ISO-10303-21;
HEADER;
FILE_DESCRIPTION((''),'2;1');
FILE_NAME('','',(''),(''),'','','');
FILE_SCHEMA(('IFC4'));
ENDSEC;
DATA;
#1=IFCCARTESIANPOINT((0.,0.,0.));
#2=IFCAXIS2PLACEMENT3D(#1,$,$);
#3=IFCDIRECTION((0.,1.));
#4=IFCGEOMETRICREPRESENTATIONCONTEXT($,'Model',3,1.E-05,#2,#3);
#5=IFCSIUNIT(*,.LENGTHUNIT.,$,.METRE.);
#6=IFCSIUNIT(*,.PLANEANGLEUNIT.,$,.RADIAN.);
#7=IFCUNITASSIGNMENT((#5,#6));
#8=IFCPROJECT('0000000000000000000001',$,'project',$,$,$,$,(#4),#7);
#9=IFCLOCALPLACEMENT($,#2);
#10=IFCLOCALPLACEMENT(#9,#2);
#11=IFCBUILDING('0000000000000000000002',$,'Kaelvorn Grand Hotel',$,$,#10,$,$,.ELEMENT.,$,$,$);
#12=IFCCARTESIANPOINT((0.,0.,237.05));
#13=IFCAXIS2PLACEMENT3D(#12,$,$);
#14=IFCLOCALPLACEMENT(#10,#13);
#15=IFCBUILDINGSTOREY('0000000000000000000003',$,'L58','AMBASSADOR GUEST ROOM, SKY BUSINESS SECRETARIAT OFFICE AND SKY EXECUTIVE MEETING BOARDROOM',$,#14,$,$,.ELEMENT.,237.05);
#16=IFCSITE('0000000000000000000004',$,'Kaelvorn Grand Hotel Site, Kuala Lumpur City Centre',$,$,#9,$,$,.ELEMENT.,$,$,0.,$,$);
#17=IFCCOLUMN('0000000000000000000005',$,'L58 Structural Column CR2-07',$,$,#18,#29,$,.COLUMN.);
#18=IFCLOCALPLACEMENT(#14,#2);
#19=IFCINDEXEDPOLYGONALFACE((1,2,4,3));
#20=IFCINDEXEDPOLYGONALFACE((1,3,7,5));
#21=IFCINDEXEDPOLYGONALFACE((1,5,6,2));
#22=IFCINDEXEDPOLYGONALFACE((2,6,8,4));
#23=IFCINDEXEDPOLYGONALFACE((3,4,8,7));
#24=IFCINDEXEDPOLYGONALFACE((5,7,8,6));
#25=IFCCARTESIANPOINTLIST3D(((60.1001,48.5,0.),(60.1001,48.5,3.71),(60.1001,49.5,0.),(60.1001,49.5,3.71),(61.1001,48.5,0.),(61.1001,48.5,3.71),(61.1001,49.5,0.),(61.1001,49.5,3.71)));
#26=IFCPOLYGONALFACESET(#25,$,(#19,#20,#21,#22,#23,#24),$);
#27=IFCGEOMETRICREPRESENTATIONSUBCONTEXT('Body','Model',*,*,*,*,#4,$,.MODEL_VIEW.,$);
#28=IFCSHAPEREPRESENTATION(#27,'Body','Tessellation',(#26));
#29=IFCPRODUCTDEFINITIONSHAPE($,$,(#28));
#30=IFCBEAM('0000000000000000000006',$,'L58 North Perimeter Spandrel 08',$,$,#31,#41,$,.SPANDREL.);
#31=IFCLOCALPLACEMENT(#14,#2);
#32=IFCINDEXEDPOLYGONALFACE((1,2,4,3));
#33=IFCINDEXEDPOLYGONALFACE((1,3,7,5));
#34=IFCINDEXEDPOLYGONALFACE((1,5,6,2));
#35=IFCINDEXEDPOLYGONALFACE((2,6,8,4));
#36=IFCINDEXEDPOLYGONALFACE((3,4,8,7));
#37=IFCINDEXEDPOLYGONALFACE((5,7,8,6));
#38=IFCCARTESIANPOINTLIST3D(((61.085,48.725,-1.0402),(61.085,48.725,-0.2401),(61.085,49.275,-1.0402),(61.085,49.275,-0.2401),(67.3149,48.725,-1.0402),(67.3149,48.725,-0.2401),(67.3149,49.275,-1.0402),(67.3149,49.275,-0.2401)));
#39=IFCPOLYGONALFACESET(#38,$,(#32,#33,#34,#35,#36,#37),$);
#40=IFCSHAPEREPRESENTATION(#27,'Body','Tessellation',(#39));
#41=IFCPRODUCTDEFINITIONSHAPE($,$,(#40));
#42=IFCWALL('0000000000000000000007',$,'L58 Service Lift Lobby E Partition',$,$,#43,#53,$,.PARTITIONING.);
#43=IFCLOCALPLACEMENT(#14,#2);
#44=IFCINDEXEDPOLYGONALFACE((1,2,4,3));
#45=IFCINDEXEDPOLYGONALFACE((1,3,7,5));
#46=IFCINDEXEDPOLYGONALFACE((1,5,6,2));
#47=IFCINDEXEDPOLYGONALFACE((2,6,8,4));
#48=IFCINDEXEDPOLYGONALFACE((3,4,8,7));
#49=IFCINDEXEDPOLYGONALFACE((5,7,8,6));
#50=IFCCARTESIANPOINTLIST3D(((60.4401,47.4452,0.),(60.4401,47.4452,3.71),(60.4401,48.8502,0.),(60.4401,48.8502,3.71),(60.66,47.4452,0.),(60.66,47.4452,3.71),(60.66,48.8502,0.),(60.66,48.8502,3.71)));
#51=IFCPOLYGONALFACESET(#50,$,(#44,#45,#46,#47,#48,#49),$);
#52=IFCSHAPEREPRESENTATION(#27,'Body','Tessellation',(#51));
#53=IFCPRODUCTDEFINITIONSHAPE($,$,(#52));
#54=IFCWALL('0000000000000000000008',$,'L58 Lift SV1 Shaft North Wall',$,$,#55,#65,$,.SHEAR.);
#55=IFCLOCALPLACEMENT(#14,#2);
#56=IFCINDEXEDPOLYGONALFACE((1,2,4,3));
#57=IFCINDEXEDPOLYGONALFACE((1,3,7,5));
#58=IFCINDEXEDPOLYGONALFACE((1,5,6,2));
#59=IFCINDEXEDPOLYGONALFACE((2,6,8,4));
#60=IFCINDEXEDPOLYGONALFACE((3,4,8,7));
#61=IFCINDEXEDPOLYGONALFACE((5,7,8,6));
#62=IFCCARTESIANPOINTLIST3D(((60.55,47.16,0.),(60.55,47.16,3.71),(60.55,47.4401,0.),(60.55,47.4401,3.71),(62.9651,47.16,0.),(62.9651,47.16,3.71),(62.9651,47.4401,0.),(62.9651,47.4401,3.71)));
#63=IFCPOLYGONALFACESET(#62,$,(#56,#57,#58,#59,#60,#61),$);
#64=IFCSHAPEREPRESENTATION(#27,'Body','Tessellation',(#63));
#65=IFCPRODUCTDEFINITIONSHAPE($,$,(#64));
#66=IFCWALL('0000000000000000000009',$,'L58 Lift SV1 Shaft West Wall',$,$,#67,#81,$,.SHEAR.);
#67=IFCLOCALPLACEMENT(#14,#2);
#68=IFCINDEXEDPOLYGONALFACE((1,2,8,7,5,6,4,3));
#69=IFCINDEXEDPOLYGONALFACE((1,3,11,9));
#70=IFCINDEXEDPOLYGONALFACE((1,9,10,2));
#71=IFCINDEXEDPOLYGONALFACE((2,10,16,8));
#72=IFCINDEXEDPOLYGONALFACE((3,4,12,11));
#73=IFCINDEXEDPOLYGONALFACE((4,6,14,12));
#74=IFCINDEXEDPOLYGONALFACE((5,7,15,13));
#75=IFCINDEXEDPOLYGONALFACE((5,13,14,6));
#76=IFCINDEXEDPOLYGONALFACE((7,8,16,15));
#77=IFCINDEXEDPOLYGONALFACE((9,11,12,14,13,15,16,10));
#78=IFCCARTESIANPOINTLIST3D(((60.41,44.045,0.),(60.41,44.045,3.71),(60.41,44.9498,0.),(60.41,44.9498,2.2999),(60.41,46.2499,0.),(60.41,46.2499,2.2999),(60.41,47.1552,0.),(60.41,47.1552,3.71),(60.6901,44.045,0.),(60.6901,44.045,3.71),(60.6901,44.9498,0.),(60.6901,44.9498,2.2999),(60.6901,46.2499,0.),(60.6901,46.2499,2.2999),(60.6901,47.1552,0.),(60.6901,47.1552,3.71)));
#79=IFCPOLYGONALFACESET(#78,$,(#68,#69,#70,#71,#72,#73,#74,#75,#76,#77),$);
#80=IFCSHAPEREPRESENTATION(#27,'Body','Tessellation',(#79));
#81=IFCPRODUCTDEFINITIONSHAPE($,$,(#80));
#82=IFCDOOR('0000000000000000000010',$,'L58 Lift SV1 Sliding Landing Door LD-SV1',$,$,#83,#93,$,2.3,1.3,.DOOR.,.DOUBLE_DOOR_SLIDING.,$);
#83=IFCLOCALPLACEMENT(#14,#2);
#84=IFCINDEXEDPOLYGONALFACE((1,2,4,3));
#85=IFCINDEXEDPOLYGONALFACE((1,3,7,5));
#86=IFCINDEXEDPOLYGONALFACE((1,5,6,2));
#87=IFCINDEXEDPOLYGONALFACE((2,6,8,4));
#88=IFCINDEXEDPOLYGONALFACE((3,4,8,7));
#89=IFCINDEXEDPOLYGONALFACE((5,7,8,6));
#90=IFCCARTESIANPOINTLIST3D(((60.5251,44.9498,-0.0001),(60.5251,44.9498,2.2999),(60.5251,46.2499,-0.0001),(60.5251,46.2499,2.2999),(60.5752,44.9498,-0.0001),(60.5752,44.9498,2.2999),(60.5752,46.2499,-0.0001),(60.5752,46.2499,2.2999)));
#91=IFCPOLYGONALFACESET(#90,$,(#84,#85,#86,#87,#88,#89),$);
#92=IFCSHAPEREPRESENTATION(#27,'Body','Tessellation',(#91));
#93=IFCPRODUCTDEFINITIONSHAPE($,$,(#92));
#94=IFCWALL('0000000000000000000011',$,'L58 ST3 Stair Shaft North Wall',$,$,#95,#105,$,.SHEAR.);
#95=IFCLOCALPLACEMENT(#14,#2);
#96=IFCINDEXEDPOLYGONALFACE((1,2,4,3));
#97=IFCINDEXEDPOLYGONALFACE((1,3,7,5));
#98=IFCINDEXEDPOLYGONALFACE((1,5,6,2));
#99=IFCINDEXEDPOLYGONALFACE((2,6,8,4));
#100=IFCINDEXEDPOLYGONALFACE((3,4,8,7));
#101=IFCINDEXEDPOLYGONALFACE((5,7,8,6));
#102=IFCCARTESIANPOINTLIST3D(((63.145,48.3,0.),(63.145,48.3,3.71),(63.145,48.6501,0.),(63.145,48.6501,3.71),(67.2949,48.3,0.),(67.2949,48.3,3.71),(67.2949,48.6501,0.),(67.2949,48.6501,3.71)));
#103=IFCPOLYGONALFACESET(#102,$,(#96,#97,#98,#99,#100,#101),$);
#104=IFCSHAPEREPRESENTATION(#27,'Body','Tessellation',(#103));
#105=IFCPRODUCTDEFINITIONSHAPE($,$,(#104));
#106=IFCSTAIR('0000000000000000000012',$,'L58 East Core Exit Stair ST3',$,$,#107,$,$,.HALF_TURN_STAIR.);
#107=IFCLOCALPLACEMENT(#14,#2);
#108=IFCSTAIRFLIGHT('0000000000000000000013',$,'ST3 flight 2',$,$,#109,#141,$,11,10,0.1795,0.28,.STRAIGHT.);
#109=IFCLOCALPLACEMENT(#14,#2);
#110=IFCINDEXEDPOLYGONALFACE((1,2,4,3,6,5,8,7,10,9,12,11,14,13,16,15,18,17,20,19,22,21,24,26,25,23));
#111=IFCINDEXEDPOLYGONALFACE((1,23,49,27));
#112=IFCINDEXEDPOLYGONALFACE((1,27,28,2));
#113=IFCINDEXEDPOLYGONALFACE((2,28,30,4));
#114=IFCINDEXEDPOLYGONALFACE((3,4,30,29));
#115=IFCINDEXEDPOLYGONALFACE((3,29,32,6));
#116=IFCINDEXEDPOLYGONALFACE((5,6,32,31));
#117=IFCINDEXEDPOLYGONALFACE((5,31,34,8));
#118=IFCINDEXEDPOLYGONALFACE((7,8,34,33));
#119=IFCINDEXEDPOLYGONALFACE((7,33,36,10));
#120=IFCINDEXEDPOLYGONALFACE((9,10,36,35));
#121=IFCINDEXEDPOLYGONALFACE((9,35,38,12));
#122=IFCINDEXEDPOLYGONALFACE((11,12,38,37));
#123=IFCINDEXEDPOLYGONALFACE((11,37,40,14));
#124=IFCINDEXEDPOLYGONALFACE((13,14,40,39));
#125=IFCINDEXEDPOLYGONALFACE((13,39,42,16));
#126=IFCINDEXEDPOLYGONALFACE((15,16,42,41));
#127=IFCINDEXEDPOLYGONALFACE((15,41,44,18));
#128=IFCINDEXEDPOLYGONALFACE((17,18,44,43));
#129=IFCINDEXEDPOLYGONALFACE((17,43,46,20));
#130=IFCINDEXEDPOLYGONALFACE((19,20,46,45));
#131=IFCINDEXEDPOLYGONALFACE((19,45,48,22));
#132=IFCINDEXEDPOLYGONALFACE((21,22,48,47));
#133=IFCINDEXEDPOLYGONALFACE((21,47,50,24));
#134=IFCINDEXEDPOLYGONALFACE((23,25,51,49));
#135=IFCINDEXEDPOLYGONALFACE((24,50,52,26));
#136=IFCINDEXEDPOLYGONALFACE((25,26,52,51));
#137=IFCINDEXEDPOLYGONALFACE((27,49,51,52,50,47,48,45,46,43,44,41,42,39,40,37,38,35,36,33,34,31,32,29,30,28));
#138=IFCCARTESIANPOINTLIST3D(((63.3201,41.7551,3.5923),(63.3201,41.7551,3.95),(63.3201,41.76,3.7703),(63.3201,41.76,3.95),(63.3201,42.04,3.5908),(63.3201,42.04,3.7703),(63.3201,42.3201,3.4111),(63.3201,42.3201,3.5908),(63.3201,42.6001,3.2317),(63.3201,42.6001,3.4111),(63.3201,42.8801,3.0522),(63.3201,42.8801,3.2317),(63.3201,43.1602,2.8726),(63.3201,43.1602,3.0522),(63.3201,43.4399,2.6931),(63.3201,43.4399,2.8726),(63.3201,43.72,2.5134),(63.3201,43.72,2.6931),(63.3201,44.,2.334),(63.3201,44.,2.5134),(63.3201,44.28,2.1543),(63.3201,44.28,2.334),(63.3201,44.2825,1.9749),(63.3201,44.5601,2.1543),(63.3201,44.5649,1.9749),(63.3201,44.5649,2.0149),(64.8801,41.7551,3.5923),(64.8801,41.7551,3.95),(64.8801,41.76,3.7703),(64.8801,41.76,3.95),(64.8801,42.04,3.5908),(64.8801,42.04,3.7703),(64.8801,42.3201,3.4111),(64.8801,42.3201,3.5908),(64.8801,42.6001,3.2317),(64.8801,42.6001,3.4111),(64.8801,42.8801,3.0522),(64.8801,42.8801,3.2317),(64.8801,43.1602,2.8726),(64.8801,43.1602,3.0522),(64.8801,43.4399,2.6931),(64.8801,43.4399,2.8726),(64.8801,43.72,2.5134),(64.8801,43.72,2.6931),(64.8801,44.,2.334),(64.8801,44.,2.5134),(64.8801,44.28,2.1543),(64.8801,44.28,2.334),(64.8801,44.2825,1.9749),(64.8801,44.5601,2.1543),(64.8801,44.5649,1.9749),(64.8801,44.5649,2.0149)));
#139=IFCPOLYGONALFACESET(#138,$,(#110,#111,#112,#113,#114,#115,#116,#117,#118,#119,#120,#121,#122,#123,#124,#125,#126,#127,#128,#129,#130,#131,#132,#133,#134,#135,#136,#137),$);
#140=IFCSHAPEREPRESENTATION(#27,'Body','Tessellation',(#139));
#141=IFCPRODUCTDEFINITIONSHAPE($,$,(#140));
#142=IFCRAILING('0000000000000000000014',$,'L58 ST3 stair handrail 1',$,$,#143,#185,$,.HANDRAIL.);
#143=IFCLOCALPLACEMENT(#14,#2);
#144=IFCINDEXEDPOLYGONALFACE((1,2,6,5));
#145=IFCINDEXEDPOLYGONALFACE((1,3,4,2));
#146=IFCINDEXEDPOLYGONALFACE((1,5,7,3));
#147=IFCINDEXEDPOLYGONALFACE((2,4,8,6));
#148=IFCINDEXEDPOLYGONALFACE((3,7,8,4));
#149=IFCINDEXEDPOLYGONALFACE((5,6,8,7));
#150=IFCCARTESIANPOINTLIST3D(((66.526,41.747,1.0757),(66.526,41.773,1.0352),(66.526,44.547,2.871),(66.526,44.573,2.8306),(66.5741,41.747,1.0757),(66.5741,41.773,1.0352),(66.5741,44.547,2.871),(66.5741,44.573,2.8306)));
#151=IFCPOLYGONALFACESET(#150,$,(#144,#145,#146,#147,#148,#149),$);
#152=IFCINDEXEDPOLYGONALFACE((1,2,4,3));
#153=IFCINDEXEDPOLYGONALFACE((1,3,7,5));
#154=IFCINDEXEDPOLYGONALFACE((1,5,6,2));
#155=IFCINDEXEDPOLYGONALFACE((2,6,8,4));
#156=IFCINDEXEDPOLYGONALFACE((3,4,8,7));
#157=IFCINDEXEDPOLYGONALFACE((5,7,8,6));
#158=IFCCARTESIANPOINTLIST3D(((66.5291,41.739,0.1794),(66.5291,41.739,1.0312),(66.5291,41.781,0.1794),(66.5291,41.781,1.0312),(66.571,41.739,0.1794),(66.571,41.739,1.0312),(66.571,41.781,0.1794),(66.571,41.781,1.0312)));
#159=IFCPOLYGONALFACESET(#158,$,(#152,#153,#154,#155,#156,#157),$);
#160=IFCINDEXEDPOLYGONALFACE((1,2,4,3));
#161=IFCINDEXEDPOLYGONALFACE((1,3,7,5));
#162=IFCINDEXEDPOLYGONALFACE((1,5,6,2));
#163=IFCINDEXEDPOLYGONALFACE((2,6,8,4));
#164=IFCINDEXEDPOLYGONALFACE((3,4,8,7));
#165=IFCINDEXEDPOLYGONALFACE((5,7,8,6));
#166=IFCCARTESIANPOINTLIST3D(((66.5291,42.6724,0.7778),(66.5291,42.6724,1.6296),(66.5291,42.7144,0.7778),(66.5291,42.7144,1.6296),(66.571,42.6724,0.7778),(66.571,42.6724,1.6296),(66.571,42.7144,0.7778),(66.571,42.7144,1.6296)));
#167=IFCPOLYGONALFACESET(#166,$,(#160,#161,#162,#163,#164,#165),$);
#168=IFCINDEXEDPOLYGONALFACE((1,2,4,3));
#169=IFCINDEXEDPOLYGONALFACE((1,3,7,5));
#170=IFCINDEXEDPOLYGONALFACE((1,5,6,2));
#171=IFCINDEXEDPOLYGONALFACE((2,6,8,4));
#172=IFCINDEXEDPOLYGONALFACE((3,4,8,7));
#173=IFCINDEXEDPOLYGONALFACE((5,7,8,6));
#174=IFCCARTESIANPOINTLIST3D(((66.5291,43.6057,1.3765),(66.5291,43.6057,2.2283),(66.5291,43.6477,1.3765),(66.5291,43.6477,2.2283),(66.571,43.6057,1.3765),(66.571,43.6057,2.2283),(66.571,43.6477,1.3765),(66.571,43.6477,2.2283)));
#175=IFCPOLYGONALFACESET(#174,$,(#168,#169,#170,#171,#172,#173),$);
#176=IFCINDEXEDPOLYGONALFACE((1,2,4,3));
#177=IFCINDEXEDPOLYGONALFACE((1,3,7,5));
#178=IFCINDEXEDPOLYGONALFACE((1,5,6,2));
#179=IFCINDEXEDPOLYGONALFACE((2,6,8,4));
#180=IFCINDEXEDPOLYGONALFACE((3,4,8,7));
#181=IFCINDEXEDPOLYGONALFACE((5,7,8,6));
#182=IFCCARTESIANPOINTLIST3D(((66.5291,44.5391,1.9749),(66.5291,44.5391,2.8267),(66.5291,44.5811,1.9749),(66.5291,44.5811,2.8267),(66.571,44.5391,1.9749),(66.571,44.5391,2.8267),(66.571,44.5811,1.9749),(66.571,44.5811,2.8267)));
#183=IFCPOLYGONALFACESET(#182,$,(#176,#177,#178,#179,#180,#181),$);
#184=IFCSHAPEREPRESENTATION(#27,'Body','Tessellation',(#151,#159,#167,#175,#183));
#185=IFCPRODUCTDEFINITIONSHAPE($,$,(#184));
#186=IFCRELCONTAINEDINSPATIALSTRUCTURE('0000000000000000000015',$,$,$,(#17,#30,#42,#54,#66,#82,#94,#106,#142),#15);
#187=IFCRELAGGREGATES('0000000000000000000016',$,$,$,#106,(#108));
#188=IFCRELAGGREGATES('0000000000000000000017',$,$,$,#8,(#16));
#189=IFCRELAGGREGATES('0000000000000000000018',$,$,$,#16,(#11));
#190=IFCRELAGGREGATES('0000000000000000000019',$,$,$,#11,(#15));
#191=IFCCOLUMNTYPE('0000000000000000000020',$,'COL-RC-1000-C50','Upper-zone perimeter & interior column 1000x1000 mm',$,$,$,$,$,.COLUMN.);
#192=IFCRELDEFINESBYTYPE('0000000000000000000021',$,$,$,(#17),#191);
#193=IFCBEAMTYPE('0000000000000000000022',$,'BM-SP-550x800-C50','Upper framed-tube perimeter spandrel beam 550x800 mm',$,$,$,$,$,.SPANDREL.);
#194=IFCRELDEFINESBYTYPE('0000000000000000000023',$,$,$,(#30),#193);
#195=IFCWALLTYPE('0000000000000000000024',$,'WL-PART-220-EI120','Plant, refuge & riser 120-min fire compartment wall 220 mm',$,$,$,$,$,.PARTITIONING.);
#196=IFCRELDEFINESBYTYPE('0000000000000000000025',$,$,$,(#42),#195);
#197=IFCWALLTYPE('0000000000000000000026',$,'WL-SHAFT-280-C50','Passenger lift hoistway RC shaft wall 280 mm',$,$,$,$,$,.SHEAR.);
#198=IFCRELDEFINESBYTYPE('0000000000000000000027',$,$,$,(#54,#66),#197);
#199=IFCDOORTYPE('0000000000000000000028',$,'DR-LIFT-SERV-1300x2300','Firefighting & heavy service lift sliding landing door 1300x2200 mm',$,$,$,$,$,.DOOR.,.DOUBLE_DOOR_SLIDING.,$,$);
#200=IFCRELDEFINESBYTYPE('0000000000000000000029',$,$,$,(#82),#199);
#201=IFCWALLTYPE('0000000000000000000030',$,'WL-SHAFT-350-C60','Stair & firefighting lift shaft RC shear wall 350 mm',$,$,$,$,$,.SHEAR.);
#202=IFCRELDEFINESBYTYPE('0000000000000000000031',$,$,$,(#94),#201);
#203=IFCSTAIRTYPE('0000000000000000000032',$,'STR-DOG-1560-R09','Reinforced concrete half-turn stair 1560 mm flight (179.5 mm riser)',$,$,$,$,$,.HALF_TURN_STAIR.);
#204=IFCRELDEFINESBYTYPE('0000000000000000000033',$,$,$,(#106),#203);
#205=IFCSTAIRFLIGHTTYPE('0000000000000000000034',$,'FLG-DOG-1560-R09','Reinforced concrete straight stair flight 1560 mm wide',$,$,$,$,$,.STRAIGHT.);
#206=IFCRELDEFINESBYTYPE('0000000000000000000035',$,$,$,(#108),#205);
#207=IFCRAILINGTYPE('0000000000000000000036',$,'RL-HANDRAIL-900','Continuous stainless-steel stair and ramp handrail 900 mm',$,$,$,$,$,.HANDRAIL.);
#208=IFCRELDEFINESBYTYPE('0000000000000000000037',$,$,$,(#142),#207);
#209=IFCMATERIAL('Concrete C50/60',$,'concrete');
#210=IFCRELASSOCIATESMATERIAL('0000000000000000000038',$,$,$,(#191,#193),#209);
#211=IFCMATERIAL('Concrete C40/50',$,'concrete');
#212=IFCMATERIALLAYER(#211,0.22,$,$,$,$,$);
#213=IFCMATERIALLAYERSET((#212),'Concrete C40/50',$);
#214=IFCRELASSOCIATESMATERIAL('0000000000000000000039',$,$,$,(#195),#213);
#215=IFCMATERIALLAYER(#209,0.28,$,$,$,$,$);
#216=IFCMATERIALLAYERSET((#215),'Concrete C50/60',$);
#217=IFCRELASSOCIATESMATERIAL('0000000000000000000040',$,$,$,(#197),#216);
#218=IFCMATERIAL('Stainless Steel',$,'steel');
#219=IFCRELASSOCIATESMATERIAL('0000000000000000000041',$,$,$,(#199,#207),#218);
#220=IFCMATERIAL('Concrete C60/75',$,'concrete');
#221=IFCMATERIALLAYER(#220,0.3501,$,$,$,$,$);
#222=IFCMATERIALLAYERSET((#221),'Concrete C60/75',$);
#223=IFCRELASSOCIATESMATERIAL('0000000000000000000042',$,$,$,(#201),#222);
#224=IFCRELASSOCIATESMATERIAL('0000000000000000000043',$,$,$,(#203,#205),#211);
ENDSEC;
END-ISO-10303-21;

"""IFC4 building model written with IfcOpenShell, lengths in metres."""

from ifc_helpers import new_model, si_unit, direction, frame, frame_2d, origin, origin_2d, place, context, subcontext, project, spatial, polyline, rectangle, outline, extrude, material, layer, layer_set, material_profile, profile_set, type_object, element, fill, aggregate, save


model = new_model("IFC4")

# Units and contexts
model_context = context("Model", 3, precision=1e-05, world=origin(), true_north=direction((0.0, 1.0)))
body_context = subcontext(model_context, "Body", "Model", "MODEL_VIEW")
ifc_project = project(units=[si_unit("LENGTHUNIT", "METRE"), si_unit("PLANEANGLEUNIT", "RADIAN")], contexts=[model_context])

# Site, building, storey
site_placement = place(None, origin())
site = spatial("IfcSite", under=ifc_project, at=site_placement, Name="Kaelvorn Grand Hotel Site, Kuala Lumpur City Centre", CompositionType="ELEMENT", RefElevation=0.0)
building_placement = place(site_placement, origin())
building = spatial("IfcBuilding", under=site, at=building_placement, Name="Kaelvorn Grand Hotel", CompositionType="ELEMENT")
storey_placement = place(building_placement, frame((0.0, 0.0, 237.05)))
storey = spatial("IfcBuildingStorey", under=building, at=storey_placement, Name="L58", Description="AMBASSADOR GUEST ROOM, SKY BUSINESS SECRETARIAT OFFICE AND SKY EXECUTIVE MEETING BOARDROOM", CompositionType="ELEMENT", Elevation=237.05)

# Column
ifc_material_1 = material(Name="Concrete C50/60", Category="concrete")
ifc_material_profile_1 = material_profile(ifc_material_1, rectangle(XDim=1.0, YDim=1.0, at=origin_2d()), Name="RC COL 1000x1000")
ifc_profile_set_1 = profile_set([ifc_material_profile_1], Name="Concrete C50/60")
column_type = type_object("IfcColumnType", Name="COL-RC-1000-C50", Description="Upper-zone perimeter & interior column 1000x1000 mm", PredefinedType="COLUMN", material=ifc_profile_set_1)
column_placement = place(storey_placement, frame((60.6001, 49.0, 0.0), z_axis=(0.0, 0.0, 1.0), x_axis=(1.0, 0.0, 0.0)))
element("IfcColumn", 1, at=column_placement, inside=storey, type_object=column_type, Name="L58 Structural Column CR2-07", PredefinedType="COLUMN", context=body_context, shape_type="SweptSolid", body=[
    extrude(rectangle(XDim=1.0, YDim=1.0, at=origin_2d()), origin(), (0.0, 0.0, 1.0), 3.71),
])

# Beam
ifc_material_profile_2 = material_profile(ifc_material_1, rectangle(XDim=0.55, YDim=0.8, at=origin_2d()), Name="RC SPANDREL 550x800")
ifc_profile_set_2 = profile_set([ifc_material_profile_2], Name="Concrete C50/60")
beam_type = type_object("IfcBeamType", Name="BM-SP-550x800-C50", Description="Upper framed-tube perimeter spandrel beam 550x800 mm", PredefinedType="SPANDREL", material=ifc_profile_set_2)
beam_placement = place(storey_placement, frame((61.085, 49.0, -0.6401), z_axis=(1.0, 0.0, 0.0), x_axis=(0.0, 1.0, 0.0)))
element("IfcBeam", 2, at=beam_placement, inside=storey, type_object=beam_type, Name="L58 North Perimeter Spandrel 08", PredefinedType="SPANDREL", context=body_context, shape_type="SweptSolid", body=[
    extrude(rectangle(XDim=0.55, YDim=0.8, at=origin_2d()), origin(), (0.0, 0.0, 1.0), 6.23),
])

# Walls
ifc_material_2 = material(Name="Concrete C40/50", Category="concrete")
ifc_layer_1 = layer(ifc_material_2, 0.22)
ifc_layer_set_1 = layer_set([ifc_layer_1], Name="Concrete C40/50")
wall_type_1 = type_object("IfcWallType", Name="WL-PART-220-EI120", Description="Plant, refuge & riser 120-min fire compartment wall 220 mm", PredefinedType="PARTITIONING", material=ifc_layer_set_1)
wall_1_placement = place(storey_placement, frame((60.55, 47.4451, 0.0), z_axis=(0.0, 0.0, 1.0), x_axis=(0.0, 1.0, 0.0)))
element("IfcWall", 3, at=wall_1_placement, inside=storey, type_object=wall_type_1, Name="L58 Service Lift Lobby E Partition", PredefinedType="PARTITIONING", context=body_context, shape_type="SweptSolid", body=[
    extrude(rectangle(XDim=1.405, YDim=0.22, at=frame_2d((0.7026, 0.0))), origin(), (0.0, 0.0, 1.0), 3.71),
])
ifc_layer_2 = layer(ifc_material_1, 0.28)
ifc_layer_set_2 = layer_set([ifc_layer_2], Name="Concrete C50/60")
wall_type_2 = type_object("IfcWallType", Name="WL-SHAFT-280-C50", Description="Passenger lift hoistway RC shaft wall 280 mm", PredefinedType="SHEAR", material=ifc_layer_set_2)
wall_2_placement = place(storey_placement, frame((60.55, 47.3, 0.0), z_axis=(0.0, 0.0, 1.0), x_axis=(1.0, 0.0, 0.0)))
element("IfcWall", 4, at=wall_2_placement, inside=storey, type_object=wall_type_2, Name="L58 Lift SV1 Shaft North Wall", PredefinedType="SHEAR", context=body_context, shape_type="SweptSolid", body=[
    extrude(rectangle(XDim=2.415, YDim=0.28, at=frame_2d((1.2075, 0.0))), origin(), (0.0, 0.0, 1.0), 3.71),
])

# Wall, opening, door
wall_3_placement = place(storey_placement, frame((60.55, 44.0449, 0.0), z_axis=(0.0, 0.0, 1.0), x_axis=(0.0, 1.0, 0.0)))
wall_3 = element("IfcWall", 5, at=wall_3_placement, inside=storey, type_object=wall_type_2, Name="L58 Lift SV1 Shaft West Wall", PredefinedType="SHEAR", context=body_context, shape_type="SweptSolid", body=[
    extrude(rectangle(XDim=3.1101, YDim=0.28, at=frame_2d((1.5552, 0.0))), origin(), (0.0, 0.0, 1.0), 3.71),
])
opening_placement = place(wall_3_placement, frame((0.905, 0.0, 0.0)))
opening = element("IfcOpeningElement", 6, at=opening_placement, cuts=wall_3, PredefinedType="OPENING", context=body_context, shape_type="SweptSolid", body=[
    extrude(rectangle(XDim=1.3, YDim=2.3, at=frame_2d((0.6499, 1.1499))), frame((0.0, 0.1499, 0.0), z_axis=(0.0, -1.0, 0.0), x_axis=(1.0, 0.0, 0.0)), (0.0, 0.0, 1.0), 0.3),
])
ifc_material_3 = material(Name="Stainless Steel", Category="steel")
door_type = type_object("IfcDoorType", Name="DR-LIFT-SERV-1300x2300", Description="Firefighting & heavy service lift sliding landing door 1300x2200 mm", OperationType="DOUBLE_DOOR_SLIDING", PredefinedType="DOOR", material=ifc_material_3)
door_placement = place(opening_placement, origin())
door = element("IfcDoor", 7, at=door_placement, inside=storey, type_object=door_type, Name="L58 Lift SV1 Sliding Landing Door LD-SV1", OperationType="DOUBLE_DOOR_SLIDING", OverallHeight=2.3, OverallWidth=1.3, PredefinedType="DOOR", context=body_context, shape_type="SweptSolid", body=[
    extrude(rectangle(XDim=1.3, YDim=2.3, at=frame_2d((0.6499, 1.1499))), frame((0.0, 0.0249, 0.0), z_axis=(0.0, -1.0, 0.0), x_axis=(1.0, 0.0, 0.0)), (0.0, 0.0, 1.0), 0.05),
])
fill(opening, door)

# Wall
ifc_material_4 = material(Name="Concrete C60/75", Category="concrete")
ifc_layer_3 = layer(ifc_material_4, 0.3501)
ifc_layer_set_3 = layer_set([ifc_layer_3], Name="Concrete C60/75")
wall_type_3 = type_object("IfcWallType", Name="WL-SHAFT-350-C60", Description="Stair & firefighting lift shaft RC shear wall 350 mm", PredefinedType="SHEAR", material=ifc_layer_set_3)
wall_4_placement = place(storey_placement, frame((63.145, 48.4751, 0.0), z_axis=(0.0, 0.0, 1.0), x_axis=(1.0, 0.0, 0.0)))
element("IfcWall", 8, at=wall_4_placement, inside=storey, type_object=wall_type_3, Name="L58 ST3 Stair Shaft North Wall", PredefinedType="SHEAR", context=body_context, shape_type="SweptSolid", body=[
    extrude(rectangle(XDim=4.1499, YDim=0.3501, at=frame_2d((2.075, 0.0))), origin(), (0.0, 0.0, 1.0), 3.71),
])

# Stair, stair flight
stair_type = type_object("IfcStairType", Name="STR-DOG-1560-R09", Description="Reinforced concrete half-turn stair 1560 mm flight (179.5 mm riser)", PredefinedType="HALF_TURN_STAIR", material=ifc_material_2)
stair_placement = place(storey_placement, origin())
stair = element("IfcStair", 9, at=stair_placement, inside=storey, type_object=stair_type, Name="L58 East Core Exit Stair ST3", PredefinedType="HALF_TURN_STAIR")
stair_flight_type = type_object("IfcStairFlightType", Name="FLG-DOG-1560-R09", Description="Reinforced concrete straight stair flight 1560 mm wide", PredefinedType="STRAIGHT", material=ifc_material_2)
stair_flight_placement = place(storey_placement, frame((64.1001, 44.5601, 1.9749), z_axis=(0.0, 0.0, 1.0), x_axis=(0.0, -1.0, 0.0)))
stair_flight = element("IfcStairFlight", 10, at=stair_flight_placement, type_object=stair_flight_type, Name="ST3 flight 2", NumberOfRisers=11, NumberOfTreads=10, PredefinedType="STRAIGHT", RiserHeight=0.1795, TreadLength=0.28, context=body_context, shape_type="SweptSolid", body=[
    extrude(outline(polyline([(-0.0049, 0.0), (-0.0049, 0.04), (0.0, 0.1794), (0.28, 0.1794), (0.28, 0.3591), (0.5601, 0.3591), (0.5601, 0.5386), (0.8401, 0.5386), (0.8401, 0.7183), (1.1201, 0.7183), (1.1201, 0.8977), (1.3999, 0.8977), (1.3999, 1.0774), (1.6799, 1.0774), (1.6799, 1.2568), (1.96, 1.2568), (1.96, 1.4363), (2.24, 1.4363), (2.24, 1.616), (2.52, 1.616), (2.52, 1.7954), (2.8, 1.7954), (2.8, 1.9751), (2.8049, 1.9751), (2.8049, 1.6174), (0.2776, 0.0), (-0.0049, 0.0)])), frame((0.0, 0.78, 0.0), z_axis=(0.0, -1.0, 0.0), x_axis=(1.0, 0.0, 0.0)), (0.0, 0.0, 1.0), 1.5601),
])
aggregate(stair, [stair_flight])

# Railing
railing_type_1 = type_object("IfcRailingType", Name="RL-HANDRAIL-900", Description="Continuous stainless-steel stair and ramp handrail 900 mm", PredefinedType="HANDRAIL", material=ifc_material_3)
railing_1_placement = place(storey_placement, frame((66.55, 41.76, 0.1794)))
element("IfcRailing", 11, at=railing_1_placement, inside=storey, type_object=railing_type_1, Name="L58 ST3 stair handrail 1", PredefinedType="HANDRAIL", context=body_context, shape_type="SweptSolid", body=[
    extrude(rectangle(XDim=0.0481, YDim=0.0481, at=origin_2d()), frame((0.0, 0.0, 0.876), z_axis=(0.0, 0.84181, 0.539774), x_axis=(-1.0, 0.0, 0.0)), (0.0, 0.0, 1.0), 3.3262),
    extrude(rectangle(XDim=0.042, YDim=0.042, at=origin_2d()), origin(), (0.0, 0.0, 1.0), 0.8518),
    extrude(rectangle(XDim=0.042, YDim=0.042, at=origin_2d()), frame((0.0, 0.9333, 0.5984)), (0.0, 0.0, 1.0), 0.8518),
    extrude(rectangle(XDim=0.042, YDim=0.042, at=origin_2d()), frame((0.0, 1.8667, 1.197)), (0.0, 0.0, 1.0), 0.8518),
    extrude(rectangle(XDim=0.042, YDim=0.042, at=origin_2d()), frame((0.0, 2.8, 1.7954)), (0.0, 0.0, 1.0), 0.8518),
])

save(model, "model.ifc")
